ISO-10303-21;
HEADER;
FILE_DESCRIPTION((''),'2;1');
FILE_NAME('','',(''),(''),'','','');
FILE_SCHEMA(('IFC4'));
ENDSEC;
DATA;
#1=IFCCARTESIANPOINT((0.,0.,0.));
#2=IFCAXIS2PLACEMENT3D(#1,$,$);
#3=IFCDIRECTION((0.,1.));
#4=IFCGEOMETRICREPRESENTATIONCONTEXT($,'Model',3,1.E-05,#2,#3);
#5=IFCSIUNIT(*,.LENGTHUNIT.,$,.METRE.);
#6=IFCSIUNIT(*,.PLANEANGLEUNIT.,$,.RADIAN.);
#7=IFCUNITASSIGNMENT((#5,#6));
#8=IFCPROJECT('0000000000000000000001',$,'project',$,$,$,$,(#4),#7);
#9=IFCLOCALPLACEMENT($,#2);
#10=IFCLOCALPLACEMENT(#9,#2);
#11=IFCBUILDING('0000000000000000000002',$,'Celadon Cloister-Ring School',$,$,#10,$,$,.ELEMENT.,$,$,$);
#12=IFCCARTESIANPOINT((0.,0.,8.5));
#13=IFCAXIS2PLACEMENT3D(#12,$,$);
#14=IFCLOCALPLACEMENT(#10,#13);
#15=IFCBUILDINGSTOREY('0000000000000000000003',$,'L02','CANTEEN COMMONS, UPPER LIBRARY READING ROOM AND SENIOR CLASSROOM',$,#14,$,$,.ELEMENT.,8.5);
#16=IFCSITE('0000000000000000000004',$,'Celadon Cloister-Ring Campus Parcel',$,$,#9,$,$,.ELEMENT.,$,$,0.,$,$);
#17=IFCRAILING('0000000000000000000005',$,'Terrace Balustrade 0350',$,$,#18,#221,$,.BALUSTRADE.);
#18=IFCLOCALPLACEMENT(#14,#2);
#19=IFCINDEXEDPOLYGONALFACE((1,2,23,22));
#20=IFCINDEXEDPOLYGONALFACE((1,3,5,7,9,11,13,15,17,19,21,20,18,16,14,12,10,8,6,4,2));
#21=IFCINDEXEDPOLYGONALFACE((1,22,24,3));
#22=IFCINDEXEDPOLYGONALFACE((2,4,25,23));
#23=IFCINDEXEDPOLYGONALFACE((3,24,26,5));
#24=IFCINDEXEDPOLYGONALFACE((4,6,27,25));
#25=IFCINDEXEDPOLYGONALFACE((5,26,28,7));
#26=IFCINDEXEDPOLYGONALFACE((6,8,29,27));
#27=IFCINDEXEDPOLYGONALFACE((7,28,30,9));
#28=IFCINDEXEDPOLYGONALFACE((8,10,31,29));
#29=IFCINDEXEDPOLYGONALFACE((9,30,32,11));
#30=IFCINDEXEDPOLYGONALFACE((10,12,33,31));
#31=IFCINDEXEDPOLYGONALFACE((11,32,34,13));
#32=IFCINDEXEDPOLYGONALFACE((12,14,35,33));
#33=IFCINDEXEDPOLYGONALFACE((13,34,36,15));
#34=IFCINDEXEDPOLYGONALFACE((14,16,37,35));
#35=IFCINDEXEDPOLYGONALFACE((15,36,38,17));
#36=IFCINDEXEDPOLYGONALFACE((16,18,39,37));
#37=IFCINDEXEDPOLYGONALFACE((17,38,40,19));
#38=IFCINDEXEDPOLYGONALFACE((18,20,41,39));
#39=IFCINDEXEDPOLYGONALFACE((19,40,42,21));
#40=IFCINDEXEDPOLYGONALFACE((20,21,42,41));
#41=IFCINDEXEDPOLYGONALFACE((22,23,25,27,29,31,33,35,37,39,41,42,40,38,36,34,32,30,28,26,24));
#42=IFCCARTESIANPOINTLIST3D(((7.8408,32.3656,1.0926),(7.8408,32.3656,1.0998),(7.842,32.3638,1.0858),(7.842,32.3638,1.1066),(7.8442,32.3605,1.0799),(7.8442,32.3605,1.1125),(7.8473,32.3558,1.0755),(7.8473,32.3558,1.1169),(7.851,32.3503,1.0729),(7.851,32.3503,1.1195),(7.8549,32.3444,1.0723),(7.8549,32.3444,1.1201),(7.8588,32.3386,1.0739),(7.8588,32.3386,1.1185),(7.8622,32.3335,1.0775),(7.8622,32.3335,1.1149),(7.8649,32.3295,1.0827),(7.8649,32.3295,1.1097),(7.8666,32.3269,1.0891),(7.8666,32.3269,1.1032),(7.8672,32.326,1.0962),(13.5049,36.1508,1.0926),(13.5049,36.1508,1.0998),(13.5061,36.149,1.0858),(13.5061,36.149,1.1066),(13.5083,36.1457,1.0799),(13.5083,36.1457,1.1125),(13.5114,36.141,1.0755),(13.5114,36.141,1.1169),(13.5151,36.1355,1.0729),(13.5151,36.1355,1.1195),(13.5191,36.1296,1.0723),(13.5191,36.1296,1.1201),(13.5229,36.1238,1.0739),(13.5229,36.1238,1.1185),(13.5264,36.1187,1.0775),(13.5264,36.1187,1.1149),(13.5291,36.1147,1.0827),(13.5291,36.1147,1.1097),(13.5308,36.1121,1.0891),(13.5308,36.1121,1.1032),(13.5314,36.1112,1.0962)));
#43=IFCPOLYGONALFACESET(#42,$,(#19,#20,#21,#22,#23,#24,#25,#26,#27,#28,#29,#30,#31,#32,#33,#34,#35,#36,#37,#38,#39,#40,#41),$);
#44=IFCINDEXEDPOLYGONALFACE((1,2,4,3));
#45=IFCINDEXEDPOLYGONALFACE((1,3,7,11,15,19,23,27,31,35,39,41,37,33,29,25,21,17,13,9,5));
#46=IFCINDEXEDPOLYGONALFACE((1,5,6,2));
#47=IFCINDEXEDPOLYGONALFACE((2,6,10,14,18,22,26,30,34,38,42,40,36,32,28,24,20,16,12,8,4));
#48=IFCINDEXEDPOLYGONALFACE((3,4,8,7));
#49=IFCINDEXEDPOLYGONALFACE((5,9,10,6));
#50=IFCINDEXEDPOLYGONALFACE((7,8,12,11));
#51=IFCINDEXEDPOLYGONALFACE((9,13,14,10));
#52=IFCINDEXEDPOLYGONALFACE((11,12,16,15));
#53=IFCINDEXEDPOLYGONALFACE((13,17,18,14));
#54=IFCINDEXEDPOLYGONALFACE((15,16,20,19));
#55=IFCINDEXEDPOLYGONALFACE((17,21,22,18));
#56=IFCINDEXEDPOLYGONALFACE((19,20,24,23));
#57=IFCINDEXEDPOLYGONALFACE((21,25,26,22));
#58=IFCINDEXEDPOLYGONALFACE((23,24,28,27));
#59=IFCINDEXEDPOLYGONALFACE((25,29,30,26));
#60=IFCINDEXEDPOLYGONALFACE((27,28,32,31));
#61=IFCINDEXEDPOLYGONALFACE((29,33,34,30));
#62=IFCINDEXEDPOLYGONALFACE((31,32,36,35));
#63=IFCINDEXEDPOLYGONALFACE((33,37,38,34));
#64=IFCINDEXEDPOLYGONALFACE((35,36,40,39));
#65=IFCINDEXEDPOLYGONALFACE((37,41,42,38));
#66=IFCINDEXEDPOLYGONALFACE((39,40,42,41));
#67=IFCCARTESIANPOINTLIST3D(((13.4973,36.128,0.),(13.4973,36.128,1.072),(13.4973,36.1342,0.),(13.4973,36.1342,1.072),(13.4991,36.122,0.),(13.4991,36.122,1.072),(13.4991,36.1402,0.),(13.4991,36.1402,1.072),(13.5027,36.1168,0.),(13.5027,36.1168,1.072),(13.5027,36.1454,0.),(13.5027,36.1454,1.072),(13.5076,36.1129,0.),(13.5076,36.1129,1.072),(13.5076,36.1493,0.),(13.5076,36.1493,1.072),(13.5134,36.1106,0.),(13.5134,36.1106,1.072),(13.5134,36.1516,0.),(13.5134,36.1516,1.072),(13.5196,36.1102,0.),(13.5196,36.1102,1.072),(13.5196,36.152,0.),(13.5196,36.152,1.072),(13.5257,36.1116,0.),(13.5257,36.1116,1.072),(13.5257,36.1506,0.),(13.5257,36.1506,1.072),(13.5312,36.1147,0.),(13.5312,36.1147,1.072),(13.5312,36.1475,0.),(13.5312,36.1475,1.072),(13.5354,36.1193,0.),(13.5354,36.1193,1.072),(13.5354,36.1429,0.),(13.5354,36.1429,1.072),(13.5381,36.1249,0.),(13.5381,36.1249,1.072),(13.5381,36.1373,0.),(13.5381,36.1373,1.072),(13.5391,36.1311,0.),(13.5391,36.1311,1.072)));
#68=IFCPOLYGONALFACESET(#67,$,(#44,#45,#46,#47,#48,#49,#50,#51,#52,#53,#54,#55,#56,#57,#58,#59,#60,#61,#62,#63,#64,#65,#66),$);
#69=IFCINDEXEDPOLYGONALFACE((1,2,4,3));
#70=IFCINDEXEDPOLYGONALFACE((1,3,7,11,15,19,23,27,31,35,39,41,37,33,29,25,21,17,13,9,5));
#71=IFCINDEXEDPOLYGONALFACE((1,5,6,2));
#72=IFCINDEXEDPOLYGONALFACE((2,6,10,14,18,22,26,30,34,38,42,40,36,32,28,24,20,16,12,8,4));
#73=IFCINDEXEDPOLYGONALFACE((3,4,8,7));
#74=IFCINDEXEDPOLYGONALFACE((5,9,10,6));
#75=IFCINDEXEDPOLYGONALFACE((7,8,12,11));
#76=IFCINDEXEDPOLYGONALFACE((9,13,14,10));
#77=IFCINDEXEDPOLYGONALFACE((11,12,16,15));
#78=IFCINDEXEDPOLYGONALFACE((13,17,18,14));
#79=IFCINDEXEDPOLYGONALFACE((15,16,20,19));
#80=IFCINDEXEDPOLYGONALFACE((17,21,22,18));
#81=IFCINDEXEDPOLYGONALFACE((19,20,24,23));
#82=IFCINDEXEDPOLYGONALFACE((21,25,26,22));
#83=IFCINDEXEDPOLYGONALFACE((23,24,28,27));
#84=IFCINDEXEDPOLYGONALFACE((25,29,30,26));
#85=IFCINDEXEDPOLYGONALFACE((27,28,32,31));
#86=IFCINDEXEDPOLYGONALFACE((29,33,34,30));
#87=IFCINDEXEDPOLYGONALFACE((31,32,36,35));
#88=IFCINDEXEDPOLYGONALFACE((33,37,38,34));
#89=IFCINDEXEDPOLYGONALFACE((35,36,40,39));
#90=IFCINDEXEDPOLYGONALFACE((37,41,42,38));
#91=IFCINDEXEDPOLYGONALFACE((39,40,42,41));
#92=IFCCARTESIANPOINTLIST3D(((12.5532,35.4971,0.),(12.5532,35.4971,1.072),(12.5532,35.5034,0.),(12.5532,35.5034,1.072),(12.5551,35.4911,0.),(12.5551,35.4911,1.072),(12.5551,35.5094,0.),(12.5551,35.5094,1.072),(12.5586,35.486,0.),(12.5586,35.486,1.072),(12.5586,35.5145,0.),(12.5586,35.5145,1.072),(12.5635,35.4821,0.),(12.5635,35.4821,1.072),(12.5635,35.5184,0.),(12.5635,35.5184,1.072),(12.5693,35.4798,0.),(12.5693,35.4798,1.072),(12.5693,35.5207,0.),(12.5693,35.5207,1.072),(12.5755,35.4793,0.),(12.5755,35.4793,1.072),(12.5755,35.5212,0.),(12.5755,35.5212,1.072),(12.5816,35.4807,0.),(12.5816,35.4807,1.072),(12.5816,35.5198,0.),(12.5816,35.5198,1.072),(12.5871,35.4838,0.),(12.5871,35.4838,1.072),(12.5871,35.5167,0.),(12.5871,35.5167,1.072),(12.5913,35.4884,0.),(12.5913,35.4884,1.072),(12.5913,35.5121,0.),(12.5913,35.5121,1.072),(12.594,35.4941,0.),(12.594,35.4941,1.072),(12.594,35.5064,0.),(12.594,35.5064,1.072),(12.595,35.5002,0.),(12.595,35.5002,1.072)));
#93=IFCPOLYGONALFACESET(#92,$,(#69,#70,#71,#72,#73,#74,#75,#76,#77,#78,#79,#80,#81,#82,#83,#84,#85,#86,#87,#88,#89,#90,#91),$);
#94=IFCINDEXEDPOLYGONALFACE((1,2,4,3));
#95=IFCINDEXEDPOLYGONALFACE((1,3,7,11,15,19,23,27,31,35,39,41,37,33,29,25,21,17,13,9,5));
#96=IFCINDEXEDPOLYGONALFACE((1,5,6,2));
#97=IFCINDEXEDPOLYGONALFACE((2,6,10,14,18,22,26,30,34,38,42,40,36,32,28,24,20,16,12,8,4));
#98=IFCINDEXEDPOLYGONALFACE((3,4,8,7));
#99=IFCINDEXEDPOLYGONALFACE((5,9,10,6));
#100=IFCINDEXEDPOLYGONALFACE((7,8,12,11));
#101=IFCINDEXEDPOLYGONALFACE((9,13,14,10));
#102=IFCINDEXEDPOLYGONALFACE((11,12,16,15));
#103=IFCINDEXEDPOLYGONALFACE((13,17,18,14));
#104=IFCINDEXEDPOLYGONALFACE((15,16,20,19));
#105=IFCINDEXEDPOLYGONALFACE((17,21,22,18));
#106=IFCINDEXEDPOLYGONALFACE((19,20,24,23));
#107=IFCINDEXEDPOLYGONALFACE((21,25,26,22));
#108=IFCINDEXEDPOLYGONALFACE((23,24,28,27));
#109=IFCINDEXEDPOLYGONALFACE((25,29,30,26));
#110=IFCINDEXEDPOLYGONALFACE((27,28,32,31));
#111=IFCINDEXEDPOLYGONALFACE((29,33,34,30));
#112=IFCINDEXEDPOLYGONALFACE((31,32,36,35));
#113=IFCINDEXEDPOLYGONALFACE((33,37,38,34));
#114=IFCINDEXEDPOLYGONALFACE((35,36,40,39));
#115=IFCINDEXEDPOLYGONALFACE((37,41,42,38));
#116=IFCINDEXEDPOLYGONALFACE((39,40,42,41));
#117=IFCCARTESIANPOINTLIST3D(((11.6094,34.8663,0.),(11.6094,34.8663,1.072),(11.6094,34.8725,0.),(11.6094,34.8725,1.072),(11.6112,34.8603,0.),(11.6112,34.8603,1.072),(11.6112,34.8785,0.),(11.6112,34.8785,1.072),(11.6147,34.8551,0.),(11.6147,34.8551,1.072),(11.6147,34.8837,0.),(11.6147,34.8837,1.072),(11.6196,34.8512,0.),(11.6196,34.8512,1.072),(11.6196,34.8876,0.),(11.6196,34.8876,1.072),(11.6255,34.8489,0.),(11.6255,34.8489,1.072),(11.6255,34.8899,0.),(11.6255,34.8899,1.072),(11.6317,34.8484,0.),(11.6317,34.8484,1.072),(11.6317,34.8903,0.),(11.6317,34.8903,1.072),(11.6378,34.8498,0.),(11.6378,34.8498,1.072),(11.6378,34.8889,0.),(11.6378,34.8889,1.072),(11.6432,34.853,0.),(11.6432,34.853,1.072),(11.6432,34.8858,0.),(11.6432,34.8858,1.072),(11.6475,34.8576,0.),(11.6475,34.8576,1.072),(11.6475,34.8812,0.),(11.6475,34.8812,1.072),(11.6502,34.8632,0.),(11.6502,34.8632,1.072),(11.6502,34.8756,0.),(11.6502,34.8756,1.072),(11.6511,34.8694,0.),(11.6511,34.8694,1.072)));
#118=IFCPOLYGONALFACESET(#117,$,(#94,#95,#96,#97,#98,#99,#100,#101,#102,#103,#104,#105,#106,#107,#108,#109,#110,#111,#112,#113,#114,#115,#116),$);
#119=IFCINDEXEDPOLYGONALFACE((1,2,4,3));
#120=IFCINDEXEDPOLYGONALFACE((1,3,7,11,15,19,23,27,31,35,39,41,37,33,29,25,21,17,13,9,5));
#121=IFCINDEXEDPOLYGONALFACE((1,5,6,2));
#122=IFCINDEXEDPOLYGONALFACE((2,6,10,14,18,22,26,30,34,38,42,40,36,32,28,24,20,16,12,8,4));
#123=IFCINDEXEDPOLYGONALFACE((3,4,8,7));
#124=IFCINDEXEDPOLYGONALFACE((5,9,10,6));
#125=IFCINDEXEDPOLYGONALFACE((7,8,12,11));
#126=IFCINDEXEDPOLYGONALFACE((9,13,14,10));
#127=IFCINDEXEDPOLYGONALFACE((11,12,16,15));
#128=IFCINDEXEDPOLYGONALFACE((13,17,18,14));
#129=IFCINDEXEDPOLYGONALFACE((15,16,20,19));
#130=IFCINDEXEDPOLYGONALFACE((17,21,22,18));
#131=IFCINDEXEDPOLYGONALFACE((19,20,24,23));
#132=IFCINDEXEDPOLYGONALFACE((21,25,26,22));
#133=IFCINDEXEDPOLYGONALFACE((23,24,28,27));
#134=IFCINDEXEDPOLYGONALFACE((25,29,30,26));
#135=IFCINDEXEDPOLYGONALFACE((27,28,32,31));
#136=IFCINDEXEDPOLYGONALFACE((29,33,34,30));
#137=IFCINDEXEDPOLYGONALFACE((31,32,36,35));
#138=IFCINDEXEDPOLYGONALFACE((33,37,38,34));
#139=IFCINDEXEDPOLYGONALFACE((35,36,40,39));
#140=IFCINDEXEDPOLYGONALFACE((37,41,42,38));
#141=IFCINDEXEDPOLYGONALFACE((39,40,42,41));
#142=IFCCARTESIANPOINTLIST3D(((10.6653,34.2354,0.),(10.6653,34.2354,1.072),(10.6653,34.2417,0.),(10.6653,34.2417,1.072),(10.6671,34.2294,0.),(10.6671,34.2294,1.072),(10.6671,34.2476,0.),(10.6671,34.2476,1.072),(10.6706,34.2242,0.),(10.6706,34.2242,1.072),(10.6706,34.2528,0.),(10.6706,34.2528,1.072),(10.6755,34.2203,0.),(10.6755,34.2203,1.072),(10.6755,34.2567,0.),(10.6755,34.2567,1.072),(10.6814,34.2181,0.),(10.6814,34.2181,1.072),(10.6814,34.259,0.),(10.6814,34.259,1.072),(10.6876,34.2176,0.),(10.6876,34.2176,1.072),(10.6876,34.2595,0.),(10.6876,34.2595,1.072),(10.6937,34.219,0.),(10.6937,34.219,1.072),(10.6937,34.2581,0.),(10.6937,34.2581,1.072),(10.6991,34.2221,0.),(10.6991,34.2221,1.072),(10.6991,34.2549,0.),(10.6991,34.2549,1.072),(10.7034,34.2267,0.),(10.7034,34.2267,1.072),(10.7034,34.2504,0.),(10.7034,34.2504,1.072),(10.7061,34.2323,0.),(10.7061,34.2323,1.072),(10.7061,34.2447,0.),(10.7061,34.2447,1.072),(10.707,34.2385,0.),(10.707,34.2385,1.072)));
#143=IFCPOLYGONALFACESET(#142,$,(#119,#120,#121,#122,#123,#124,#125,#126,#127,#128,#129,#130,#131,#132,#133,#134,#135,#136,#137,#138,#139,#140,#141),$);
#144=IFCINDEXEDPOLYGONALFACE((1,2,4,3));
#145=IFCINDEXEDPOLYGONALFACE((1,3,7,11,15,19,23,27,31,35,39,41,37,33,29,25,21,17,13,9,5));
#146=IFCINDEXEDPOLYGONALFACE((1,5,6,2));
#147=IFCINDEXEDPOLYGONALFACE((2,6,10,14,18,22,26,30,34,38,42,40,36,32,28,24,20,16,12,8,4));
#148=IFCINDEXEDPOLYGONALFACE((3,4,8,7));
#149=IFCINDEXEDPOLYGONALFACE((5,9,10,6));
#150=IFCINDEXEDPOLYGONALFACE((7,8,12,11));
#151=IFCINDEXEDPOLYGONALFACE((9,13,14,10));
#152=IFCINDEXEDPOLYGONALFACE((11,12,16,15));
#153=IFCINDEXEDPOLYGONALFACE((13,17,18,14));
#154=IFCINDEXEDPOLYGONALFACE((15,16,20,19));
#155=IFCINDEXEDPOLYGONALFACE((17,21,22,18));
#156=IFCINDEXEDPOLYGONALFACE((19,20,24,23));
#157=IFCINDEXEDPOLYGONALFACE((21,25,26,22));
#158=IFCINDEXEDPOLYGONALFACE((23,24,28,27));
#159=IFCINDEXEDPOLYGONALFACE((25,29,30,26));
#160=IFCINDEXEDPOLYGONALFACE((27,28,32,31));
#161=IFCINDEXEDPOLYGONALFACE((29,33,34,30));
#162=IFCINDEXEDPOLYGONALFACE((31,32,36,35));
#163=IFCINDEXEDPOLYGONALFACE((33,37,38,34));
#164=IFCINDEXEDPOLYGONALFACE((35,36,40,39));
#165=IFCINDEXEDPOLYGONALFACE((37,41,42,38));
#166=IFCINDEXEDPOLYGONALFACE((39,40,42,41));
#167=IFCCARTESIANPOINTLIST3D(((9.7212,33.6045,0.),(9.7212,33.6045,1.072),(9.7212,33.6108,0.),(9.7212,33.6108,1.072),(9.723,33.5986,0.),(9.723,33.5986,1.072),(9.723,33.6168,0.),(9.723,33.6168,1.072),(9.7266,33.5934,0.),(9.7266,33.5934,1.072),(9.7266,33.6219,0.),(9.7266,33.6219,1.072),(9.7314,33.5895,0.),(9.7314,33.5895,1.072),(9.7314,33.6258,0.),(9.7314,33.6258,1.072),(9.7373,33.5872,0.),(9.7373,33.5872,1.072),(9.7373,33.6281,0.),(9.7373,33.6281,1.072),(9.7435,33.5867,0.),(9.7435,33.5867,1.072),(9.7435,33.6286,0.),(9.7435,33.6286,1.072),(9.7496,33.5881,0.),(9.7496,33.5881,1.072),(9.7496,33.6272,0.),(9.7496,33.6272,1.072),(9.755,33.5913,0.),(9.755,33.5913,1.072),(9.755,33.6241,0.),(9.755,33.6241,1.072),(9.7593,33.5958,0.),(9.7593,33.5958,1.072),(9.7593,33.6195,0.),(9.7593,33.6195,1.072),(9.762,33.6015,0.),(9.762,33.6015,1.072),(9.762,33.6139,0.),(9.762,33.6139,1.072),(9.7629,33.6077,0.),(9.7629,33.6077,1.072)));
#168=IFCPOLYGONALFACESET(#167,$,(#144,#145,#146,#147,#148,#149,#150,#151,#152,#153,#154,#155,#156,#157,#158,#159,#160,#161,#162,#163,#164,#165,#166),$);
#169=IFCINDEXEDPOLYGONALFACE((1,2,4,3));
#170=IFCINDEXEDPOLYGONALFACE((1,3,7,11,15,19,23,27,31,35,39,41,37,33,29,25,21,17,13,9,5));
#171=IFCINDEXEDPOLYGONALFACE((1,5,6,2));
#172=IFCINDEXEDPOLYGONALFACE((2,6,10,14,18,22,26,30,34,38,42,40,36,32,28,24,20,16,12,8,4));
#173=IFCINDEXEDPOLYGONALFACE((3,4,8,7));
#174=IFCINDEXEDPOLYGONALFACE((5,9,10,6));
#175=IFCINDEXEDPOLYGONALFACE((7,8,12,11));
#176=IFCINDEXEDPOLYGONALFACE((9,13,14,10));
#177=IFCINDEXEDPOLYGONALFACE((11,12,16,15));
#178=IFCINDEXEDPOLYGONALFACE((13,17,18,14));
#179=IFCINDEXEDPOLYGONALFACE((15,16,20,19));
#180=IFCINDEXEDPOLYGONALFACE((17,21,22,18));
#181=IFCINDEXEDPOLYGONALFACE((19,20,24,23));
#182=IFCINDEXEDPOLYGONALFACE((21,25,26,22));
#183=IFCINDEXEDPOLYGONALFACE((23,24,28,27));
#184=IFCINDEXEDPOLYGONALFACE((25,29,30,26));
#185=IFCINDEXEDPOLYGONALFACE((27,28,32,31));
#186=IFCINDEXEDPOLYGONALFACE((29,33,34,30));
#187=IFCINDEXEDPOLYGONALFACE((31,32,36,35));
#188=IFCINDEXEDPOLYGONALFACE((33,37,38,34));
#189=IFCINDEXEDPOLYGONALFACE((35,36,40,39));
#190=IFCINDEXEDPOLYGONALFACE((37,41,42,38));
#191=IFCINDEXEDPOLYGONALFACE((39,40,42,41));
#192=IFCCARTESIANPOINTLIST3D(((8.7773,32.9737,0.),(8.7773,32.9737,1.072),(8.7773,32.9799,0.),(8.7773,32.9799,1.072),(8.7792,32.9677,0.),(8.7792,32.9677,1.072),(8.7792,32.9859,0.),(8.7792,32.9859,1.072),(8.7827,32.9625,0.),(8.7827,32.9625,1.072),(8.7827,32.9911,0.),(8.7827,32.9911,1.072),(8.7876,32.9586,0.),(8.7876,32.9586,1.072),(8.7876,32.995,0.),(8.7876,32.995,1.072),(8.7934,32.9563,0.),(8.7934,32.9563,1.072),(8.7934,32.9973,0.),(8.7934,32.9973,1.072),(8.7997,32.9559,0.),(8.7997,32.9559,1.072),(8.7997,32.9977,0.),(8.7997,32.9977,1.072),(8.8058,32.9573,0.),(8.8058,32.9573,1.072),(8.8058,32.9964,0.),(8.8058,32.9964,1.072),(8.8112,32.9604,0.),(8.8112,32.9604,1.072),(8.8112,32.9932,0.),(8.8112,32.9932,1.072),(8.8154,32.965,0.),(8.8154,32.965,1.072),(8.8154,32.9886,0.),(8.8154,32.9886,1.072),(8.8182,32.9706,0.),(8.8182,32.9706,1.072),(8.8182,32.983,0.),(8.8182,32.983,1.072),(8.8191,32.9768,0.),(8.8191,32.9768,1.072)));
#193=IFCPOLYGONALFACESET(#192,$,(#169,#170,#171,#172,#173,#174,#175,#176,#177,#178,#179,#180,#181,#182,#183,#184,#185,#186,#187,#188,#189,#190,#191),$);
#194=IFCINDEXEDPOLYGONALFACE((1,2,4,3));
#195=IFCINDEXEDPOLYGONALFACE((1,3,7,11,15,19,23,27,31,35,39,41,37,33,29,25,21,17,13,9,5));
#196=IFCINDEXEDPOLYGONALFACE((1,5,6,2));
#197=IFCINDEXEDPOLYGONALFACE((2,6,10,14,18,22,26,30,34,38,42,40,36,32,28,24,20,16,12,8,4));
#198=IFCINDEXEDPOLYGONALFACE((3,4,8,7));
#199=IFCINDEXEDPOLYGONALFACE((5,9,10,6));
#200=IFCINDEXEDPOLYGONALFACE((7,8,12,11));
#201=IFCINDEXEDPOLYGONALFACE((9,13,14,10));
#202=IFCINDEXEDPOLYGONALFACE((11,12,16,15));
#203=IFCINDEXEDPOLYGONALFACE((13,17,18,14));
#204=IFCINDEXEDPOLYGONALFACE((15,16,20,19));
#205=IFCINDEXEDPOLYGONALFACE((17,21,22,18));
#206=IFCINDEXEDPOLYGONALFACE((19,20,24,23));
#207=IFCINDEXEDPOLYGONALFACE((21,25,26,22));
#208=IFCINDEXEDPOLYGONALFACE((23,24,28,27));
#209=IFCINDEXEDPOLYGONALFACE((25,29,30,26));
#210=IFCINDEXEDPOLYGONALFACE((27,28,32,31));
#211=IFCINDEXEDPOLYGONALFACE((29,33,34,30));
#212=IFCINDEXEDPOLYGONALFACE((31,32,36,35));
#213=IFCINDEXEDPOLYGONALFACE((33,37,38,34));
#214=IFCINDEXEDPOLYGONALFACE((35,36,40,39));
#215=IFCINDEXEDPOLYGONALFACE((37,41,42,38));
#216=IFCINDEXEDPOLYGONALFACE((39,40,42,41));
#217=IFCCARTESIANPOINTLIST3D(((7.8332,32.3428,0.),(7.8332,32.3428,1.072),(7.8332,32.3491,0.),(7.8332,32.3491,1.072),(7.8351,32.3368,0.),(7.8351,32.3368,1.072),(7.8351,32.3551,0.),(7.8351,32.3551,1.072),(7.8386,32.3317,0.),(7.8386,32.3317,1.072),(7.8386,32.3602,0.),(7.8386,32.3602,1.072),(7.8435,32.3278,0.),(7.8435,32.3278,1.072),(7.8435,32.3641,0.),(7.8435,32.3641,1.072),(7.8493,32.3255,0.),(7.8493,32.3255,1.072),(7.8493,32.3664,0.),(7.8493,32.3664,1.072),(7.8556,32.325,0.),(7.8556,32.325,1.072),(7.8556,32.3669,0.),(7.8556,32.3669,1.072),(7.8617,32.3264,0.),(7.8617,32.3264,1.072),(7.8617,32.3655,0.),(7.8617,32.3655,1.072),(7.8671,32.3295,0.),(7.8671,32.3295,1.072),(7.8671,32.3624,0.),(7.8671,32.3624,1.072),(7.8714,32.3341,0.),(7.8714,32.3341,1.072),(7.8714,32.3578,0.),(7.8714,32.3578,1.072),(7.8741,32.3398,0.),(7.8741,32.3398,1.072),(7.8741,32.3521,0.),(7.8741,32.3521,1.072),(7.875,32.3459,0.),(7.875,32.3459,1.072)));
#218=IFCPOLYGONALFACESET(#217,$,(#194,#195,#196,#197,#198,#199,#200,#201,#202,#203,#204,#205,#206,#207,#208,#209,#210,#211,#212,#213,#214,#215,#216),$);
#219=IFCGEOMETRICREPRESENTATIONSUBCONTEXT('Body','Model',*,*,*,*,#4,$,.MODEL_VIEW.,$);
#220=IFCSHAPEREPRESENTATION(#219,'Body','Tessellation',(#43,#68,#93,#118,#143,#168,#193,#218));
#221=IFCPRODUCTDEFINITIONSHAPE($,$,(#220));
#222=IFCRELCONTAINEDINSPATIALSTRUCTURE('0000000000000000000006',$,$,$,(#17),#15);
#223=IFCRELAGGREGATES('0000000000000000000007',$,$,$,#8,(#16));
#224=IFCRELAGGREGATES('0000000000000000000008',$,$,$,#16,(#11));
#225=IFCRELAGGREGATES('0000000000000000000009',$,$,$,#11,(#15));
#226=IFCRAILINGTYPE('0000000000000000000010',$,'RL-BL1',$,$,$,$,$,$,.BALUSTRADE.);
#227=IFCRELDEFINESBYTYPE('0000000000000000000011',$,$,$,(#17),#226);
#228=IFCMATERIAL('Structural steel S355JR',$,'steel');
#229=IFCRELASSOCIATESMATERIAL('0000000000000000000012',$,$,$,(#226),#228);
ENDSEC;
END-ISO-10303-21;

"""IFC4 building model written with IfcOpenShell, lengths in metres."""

from ifc_helpers import new_model, si_unit, direction, frame, origin, origin_2d, place, context, subcontext, project, spatial, circle, extrude, material, type_object, element, save


model = new_model("IFC4")

# Units and contexts
model_context = context("Model", 3, precision=1e-05, world=origin(), true_north=direction((0.0, 1.0)))
body_context = subcontext(model_context, "Body", "Model", "MODEL_VIEW")
ifc_project = project(units=[si_unit("LENGTHUNIT", "METRE"), si_unit("PLANEANGLEUNIT", "RADIAN")], contexts=[model_context])

# Site, building, storey
site_placement = place(None, origin())
site = spatial("IfcSite", under=ifc_project, at=site_placement, Name="Celadon Cloister-Ring Campus Parcel", CompositionType="ELEMENT", RefElevation=0.0)
building_placement = place(site_placement, origin())
building = spatial("IfcBuilding", under=site, at=building_placement, Name="Celadon Cloister-Ring School", CompositionType="ELEMENT")
storey_placement = place(building_placement, frame((0.0, 0.0, 8.5)))
storey = spatial("IfcBuildingStorey", under=building, at=storey_placement, Name="L02", Description="CANTEEN COMMONS, UPPER LIBRARY READING ROOM AND SENIOR CLASSROOM", CompositionType="ELEMENT", Elevation=8.5)

# Railing
ifc_material_1 = material(Name="Structural steel S355JR", Category="steel")
railing_type = type_object("IfcRailingType", Name="RL-BL1", PredefinedType="BALUSTRADE", material=ifc_material_1)
railing_placement = place(storey_placement, frame((13.5181, 36.1311, 0.0)))
element("IfcRailing", 1, at=railing_placement, inside=storey, type_object=railing_type, Name="Terrace Balustrade 0350", PredefinedType="BALUSTRADE", context=body_context, shape_type="SweptSolid", body=[
    extrude(circle(Radius=0.0239, at=origin_2d()), frame((0.0, 0.0, 1.0962), z_axis=(-0.831432, -0.555626, 0.0), x_axis=(0.555626, -0.831432, 0.0)), (0.0, 0.0, 1.0), 6.8125),
    extrude(circle(Radius=0.021, at=origin_2d()), origin(), (0.0, 0.0, 1.0), 1.072),
    extrude(circle(Radius=0.021, at=origin_2d()), frame((-0.9441, -0.6309, 0.0)), (0.0, 0.0, 1.0), 1.072),
    extrude(circle(Radius=0.021, at=origin_2d()), frame((-1.8879, -1.2617, 0.0)), (0.0, 0.0, 1.0), 1.072),
    extrude(circle(Radius=0.021, at=origin_2d()), frame((-2.832, -1.8926, 0.0)), (0.0, 0.0, 1.0), 1.072),
    extrude(circle(Radius=0.021, at=origin_2d()), frame((-3.7761, -2.5234, 0.0)), (0.0, 0.0, 1.0), 1.072),
    extrude(circle(Radius=0.021, at=origin_2d()), frame((-4.72, -3.1543, 0.0)), (0.0, 0.0, 1.0), 1.072),
    extrude(circle(Radius=0.021, at=origin_2d()), frame((-5.6641, -3.7852, 0.0)), (0.0, 0.0, 1.0), 1.072),
])

save(model, "model.ifc")
